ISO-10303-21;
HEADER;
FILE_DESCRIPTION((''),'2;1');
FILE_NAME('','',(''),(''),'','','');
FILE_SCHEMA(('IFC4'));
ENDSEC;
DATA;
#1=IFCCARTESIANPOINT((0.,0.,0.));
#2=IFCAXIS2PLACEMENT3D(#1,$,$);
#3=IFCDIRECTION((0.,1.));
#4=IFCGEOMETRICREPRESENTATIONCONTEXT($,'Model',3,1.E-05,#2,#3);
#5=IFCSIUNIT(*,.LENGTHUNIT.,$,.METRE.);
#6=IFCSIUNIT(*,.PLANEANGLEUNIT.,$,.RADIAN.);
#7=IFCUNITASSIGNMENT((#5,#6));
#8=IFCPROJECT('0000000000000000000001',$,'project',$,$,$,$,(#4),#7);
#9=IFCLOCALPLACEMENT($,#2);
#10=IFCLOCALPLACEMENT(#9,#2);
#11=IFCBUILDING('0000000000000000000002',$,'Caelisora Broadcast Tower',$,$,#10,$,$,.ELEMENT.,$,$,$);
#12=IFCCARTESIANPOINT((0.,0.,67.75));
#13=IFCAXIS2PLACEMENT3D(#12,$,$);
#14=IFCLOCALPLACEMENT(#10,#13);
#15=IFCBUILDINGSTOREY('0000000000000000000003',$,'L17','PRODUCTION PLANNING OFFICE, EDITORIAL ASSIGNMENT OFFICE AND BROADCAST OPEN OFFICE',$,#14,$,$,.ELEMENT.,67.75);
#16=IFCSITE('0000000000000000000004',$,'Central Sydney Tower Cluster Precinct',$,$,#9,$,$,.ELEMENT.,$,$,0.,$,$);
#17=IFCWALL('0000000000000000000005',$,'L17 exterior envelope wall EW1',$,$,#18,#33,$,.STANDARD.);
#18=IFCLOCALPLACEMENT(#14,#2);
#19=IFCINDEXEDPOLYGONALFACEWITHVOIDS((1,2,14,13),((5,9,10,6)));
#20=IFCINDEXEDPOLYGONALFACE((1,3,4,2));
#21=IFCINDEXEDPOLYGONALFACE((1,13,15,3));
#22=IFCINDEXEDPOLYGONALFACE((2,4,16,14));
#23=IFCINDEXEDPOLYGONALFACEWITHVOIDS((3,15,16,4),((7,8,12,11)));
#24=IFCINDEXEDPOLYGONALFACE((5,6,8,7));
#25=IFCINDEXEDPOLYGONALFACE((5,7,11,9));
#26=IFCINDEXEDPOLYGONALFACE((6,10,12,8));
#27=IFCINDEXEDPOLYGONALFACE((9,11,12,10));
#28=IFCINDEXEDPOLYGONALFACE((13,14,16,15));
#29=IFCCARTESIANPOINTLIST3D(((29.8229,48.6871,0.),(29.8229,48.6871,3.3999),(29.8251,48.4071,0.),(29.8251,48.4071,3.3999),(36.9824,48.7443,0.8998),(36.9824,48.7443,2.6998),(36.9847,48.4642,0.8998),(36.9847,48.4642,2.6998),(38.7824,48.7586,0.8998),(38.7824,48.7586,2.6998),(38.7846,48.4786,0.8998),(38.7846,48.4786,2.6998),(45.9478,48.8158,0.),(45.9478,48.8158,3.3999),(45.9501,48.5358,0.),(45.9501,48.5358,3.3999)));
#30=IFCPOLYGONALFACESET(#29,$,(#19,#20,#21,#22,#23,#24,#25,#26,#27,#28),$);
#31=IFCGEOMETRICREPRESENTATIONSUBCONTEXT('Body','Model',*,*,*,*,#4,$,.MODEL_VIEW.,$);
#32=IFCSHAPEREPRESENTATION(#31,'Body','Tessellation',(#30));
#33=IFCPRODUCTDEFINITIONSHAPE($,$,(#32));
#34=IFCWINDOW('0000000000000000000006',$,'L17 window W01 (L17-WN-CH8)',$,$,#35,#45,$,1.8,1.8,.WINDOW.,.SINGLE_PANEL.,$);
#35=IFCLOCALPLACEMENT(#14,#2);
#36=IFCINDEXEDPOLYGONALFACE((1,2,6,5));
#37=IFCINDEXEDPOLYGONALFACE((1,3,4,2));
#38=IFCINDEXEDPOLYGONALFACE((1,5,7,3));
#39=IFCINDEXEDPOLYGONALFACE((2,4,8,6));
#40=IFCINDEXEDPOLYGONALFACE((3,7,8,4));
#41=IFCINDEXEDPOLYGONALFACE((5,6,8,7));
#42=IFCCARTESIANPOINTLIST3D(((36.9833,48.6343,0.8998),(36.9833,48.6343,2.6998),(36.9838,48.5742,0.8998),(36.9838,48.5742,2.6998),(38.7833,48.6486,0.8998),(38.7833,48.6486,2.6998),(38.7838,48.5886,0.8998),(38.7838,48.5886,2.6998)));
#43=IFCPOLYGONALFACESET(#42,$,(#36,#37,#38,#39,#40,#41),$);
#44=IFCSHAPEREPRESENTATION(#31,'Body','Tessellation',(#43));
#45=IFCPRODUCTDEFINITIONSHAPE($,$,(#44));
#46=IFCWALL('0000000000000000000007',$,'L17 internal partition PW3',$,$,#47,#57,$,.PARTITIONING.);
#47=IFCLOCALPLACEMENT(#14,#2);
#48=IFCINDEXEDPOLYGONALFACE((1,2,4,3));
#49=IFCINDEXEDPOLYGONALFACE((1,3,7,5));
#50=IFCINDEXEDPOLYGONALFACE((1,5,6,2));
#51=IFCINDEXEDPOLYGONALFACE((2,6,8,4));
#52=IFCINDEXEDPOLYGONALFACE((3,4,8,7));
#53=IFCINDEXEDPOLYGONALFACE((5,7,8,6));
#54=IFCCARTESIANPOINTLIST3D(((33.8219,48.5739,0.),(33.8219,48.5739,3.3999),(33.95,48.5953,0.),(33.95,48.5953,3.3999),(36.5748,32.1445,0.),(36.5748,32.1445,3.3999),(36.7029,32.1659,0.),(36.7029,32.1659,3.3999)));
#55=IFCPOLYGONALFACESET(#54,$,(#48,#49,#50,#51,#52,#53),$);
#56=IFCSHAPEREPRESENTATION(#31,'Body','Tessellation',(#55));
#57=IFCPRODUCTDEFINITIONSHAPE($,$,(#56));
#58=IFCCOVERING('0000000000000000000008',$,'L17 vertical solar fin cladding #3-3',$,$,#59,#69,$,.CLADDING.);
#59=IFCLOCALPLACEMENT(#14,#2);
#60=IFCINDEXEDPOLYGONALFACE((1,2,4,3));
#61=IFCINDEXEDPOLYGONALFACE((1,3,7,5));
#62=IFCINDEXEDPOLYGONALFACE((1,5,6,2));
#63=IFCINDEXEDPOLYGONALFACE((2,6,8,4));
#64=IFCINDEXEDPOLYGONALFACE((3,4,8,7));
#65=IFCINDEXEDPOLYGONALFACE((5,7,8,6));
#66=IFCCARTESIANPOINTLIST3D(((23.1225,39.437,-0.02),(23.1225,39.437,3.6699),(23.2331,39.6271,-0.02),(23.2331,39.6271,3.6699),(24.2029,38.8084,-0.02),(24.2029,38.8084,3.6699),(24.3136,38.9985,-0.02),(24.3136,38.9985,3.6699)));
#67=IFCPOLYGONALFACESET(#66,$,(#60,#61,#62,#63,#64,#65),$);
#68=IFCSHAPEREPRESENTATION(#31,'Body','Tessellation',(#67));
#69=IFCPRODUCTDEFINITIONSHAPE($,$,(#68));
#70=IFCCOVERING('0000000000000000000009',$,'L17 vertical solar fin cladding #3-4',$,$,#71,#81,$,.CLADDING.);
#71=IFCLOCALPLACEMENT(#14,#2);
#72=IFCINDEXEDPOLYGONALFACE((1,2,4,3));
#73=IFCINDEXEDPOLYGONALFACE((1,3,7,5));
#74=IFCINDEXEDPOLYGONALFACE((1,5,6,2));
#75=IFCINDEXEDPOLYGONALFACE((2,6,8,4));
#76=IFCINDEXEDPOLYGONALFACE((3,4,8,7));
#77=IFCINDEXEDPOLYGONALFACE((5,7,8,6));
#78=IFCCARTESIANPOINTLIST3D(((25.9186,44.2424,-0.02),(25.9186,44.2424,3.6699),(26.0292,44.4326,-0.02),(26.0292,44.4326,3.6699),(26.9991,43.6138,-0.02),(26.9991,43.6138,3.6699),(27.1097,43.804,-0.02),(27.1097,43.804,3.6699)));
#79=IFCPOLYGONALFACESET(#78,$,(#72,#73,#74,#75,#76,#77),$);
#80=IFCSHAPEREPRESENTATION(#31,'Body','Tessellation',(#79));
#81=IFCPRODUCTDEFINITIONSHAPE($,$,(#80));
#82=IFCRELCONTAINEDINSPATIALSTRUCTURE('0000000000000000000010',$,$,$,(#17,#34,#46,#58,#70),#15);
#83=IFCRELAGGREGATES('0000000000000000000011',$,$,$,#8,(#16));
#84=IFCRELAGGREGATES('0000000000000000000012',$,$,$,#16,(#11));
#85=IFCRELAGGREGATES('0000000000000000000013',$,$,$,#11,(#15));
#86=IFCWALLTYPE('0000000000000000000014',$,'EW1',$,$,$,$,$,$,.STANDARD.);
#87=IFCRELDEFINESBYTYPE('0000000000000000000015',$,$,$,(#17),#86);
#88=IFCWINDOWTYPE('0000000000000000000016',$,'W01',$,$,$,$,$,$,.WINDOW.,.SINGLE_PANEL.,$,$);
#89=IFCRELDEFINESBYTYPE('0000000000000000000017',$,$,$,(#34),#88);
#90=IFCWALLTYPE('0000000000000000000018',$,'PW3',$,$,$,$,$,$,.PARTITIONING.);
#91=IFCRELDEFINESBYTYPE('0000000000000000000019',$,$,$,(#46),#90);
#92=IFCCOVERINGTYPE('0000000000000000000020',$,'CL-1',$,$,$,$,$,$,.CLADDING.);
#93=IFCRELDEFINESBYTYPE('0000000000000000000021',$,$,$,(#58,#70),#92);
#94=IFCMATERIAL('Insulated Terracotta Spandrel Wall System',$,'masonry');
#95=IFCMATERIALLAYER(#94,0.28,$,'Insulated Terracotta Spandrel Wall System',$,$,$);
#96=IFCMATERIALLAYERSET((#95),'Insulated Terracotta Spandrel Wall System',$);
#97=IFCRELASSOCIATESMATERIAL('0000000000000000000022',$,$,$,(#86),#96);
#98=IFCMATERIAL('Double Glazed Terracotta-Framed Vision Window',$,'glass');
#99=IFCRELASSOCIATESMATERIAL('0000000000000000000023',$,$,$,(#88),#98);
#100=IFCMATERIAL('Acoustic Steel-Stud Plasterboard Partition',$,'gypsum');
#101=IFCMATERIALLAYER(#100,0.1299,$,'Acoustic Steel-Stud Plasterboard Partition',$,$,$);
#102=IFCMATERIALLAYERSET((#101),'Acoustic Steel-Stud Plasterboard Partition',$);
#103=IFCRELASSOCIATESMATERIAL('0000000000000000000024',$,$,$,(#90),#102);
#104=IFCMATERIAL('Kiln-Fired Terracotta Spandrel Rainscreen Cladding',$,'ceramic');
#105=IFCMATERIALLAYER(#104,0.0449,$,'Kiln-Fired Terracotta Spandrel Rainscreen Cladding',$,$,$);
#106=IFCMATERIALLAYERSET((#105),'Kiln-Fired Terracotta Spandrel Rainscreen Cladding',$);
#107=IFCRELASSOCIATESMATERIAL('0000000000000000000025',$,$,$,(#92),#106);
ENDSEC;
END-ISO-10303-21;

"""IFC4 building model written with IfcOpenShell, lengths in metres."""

from ifc_helpers import new_model, si_unit, direction, frame, frame_2d, origin, origin_2d, place, context, subcontext, project, spatial, rectangle, extrude, source, transform, mapped, material, layer, layer_set, type_object, type_shapes, element, fill, save


model = new_model("IFC4")

# Units and contexts
model_context = context("Model", 3, precision=1e-05, world=origin(), true_north=direction((0.0, 1.0)))
body_context = subcontext(model_context, "Body", "Model", "MODEL_VIEW")
ifc_project = project(units=[si_unit("LENGTHUNIT", "METRE"), si_unit("PLANEANGLEUNIT", "RADIAN")], contexts=[model_context])

# Site, building, storey
site_placement = place(None, origin())
site = spatial("IfcSite", under=ifc_project, at=site_placement, Name="Central Sydney Tower Cluster Precinct", CompositionType="ELEMENT", RefElevation=0.0)
building_placement = place(site_placement, origin())
building = spatial("IfcBuilding", under=site, at=building_placement, Name="Caelisora Broadcast Tower", CompositionType="ELEMENT")
storey_placement = place(building_placement, frame((0.0, 0.0, 67.75)))
storey = spatial("IfcBuildingStorey", under=building, at=storey_placement, Name="L17", Description="PRODUCTION PLANNING OFFICE, EDITORIAL ASSIGNMENT OFFICE AND BROADCAST OPEN OFFICE", CompositionType="ELEMENT", Elevation=67.75)

# Wall, opening, window
ifc_material_1 = material(Name="Insulated Terracotta Spandrel Wall System", Category="masonry")
ifc_layer_1 = layer(ifc_material_1, 0.28, Name="Insulated Terracotta Spandrel Wall System")
ifc_layer_set_1 = layer_set([ifc_layer_1], Name="Insulated Terracotta Spandrel Wall System")
wall_type_1 = type_object("IfcWallType", Name="EW1", PredefinedType="STANDARD", material=ifc_layer_set_1)
wall_1_placement = place(storey_placement, frame((29.824, 48.5471, 0.0), z_axis=(0.0, 0.0, 1.0), x_axis=(0.999968, 0.007979, 0.0)))
wall_1 = element("IfcWall", 1, at=wall_1_placement, inside=storey, type_object=wall_type_1, Name="L17 exterior envelope wall EW1", PredefinedType="STANDARD", context=body_context, shape_type="SweptSolid", body=[
    extrude(rectangle(XDim=16.1255, YDim=0.28, at=frame_2d((8.0627, 0.0))), origin(), (0.0, 0.0, 1.0), 3.3999),
])
opening_placement = place(wall_1_placement, frame((7.1599, 0.0, 0.8999)))
opening = element("IfcOpeningElement", 2, at=opening_placement, cuts=wall_1, PredefinedType="OPENING", context=body_context, shape_type="SweptSolid", body=[
    extrude(rectangle(XDim=1.8, YDim=1.8, at=frame_2d((0.8999, 0.8999))), frame((0.0, 0.1521, 0.0), z_axis=(0.0, -1.0, 0.0), x_axis=(1.0, 0.0, 0.0)), (0.0, 0.0, 1.0), 0.304),
])
ifc_material_2 = material(Name="Double Glazed Terracotta-Framed Vision Window", Category="glass")
window_type = type_object("IfcWindowType", Name="W01", PartitioningType="SINGLE_PANEL", PredefinedType="WINDOW", material=ifc_material_2)
window_placement = place(opening_placement, origin())
window = element("IfcWindow", 3, at=window_placement, inside=storey, type_object=window_type, Name="L17 window W01 (L17-WN-CH8)", OverallHeight=1.8, OverallWidth=1.8, PartitioningType="SINGLE_PANEL", PredefinedType="WINDOW", context=body_context, shape_type="SweptSolid", body=[
    extrude(rectangle(XDim=1.8, YDim=1.8, at=frame_2d((0.8999, 0.8999))), frame((0.0, 0.03, 0.0), z_axis=(0.0, -1.0, 0.0), x_axis=(1.0, 0.0, 0.0)), (0.0, 0.0, 1.0), 0.0601),
])
fill(opening, window)

# Wall
ifc_material_3 = material(Name="Acoustic Steel-Stud Plasterboard Partition", Category="gypsum")
ifc_layer_2 = layer(ifc_material_3, 0.1299, Name="Acoustic Steel-Stud Plasterboard Partition")
ifc_layer_set_2 = layer_set([ifc_layer_2], Name="Acoustic Steel-Stud Plasterboard Partition")
wall_type_2 = type_object("IfcWallType", Name="PW3", PredefinedType="PARTITIONING", material=ifc_layer_set_2)
wall_2_placement = place(storey_placement, frame((33.886, 48.5845, 0.0), z_axis=(0.0, 0.0, 1.0), x_axis=(0.165257, -0.986251, 0.0)))
element("IfcWall", 4, at=wall_2_placement, inside=storey, type_object=wall_type_2, Name="L17 internal partition PW3", PredefinedType="PARTITIONING", context=body_context, shape_type="SweptSolid", body=[
    extrude(rectangle(XDim=16.6584, YDim=0.1299, at=frame_2d((8.3291, 0.0))), origin(), (0.0, 0.0, 1.0), 3.3999),
])

# Coverings
ifc_material_4 = material(Name="Kiln-Fired Terracotta Spandrel Rainscreen Cladding", Category="ceramic")
ifc_layer_3 = layer(ifc_material_4, 0.0449, Name="Kiln-Fired Terracotta Spandrel Rainscreen Cladding")
ifc_layer_set_3 = layer_set([ifc_layer_3], Name="Kiln-Fired Terracotta Spandrel Rainscreen Cladding")
covering_type = type_object("IfcCoveringType", Name="CL-1", PredefinedType="CLADDING", material=ifc_layer_set_3)
shared_shape_1 = source(origin(), body_context, "Body", "SweptSolid", [
    extrude(rectangle(XDim=0.22, YDim=1.25, at=origin_2d()), origin(), (0.0, 0.0, 1.0), 3.6899),
])
type_shapes(covering_type, [shared_shape_1])
for number, where, z_axis, x_axis, name in (
    (5, (23.718, 39.2178, -0.02), (0.0, 0.0, 1.0), (0.502869, 0.864363, 0.0), "L17 vertical solar fin cladding #3-3"),
    (6, (26.5142, 44.0232, -0.02), (0.0, 0.0, 1.0), (0.502869, 0.864363, 0.0), "L17 vertical solar fin cladding #3-4"),
):
    element("IfcCovering", number, at=place(storey_placement, frame(where, z_axis=z_axis, x_axis=x_axis)), inside=storey, type_object=covering_type, Name=name, PredefinedType="CLADDING", context=body_context, shape_type="MappedRepresentation", body=[
        mapped(shared_shape_1, transform((0.0, 0.0, 0.0), scale=1.0)),
    ])

save(model, "model.ifc")
